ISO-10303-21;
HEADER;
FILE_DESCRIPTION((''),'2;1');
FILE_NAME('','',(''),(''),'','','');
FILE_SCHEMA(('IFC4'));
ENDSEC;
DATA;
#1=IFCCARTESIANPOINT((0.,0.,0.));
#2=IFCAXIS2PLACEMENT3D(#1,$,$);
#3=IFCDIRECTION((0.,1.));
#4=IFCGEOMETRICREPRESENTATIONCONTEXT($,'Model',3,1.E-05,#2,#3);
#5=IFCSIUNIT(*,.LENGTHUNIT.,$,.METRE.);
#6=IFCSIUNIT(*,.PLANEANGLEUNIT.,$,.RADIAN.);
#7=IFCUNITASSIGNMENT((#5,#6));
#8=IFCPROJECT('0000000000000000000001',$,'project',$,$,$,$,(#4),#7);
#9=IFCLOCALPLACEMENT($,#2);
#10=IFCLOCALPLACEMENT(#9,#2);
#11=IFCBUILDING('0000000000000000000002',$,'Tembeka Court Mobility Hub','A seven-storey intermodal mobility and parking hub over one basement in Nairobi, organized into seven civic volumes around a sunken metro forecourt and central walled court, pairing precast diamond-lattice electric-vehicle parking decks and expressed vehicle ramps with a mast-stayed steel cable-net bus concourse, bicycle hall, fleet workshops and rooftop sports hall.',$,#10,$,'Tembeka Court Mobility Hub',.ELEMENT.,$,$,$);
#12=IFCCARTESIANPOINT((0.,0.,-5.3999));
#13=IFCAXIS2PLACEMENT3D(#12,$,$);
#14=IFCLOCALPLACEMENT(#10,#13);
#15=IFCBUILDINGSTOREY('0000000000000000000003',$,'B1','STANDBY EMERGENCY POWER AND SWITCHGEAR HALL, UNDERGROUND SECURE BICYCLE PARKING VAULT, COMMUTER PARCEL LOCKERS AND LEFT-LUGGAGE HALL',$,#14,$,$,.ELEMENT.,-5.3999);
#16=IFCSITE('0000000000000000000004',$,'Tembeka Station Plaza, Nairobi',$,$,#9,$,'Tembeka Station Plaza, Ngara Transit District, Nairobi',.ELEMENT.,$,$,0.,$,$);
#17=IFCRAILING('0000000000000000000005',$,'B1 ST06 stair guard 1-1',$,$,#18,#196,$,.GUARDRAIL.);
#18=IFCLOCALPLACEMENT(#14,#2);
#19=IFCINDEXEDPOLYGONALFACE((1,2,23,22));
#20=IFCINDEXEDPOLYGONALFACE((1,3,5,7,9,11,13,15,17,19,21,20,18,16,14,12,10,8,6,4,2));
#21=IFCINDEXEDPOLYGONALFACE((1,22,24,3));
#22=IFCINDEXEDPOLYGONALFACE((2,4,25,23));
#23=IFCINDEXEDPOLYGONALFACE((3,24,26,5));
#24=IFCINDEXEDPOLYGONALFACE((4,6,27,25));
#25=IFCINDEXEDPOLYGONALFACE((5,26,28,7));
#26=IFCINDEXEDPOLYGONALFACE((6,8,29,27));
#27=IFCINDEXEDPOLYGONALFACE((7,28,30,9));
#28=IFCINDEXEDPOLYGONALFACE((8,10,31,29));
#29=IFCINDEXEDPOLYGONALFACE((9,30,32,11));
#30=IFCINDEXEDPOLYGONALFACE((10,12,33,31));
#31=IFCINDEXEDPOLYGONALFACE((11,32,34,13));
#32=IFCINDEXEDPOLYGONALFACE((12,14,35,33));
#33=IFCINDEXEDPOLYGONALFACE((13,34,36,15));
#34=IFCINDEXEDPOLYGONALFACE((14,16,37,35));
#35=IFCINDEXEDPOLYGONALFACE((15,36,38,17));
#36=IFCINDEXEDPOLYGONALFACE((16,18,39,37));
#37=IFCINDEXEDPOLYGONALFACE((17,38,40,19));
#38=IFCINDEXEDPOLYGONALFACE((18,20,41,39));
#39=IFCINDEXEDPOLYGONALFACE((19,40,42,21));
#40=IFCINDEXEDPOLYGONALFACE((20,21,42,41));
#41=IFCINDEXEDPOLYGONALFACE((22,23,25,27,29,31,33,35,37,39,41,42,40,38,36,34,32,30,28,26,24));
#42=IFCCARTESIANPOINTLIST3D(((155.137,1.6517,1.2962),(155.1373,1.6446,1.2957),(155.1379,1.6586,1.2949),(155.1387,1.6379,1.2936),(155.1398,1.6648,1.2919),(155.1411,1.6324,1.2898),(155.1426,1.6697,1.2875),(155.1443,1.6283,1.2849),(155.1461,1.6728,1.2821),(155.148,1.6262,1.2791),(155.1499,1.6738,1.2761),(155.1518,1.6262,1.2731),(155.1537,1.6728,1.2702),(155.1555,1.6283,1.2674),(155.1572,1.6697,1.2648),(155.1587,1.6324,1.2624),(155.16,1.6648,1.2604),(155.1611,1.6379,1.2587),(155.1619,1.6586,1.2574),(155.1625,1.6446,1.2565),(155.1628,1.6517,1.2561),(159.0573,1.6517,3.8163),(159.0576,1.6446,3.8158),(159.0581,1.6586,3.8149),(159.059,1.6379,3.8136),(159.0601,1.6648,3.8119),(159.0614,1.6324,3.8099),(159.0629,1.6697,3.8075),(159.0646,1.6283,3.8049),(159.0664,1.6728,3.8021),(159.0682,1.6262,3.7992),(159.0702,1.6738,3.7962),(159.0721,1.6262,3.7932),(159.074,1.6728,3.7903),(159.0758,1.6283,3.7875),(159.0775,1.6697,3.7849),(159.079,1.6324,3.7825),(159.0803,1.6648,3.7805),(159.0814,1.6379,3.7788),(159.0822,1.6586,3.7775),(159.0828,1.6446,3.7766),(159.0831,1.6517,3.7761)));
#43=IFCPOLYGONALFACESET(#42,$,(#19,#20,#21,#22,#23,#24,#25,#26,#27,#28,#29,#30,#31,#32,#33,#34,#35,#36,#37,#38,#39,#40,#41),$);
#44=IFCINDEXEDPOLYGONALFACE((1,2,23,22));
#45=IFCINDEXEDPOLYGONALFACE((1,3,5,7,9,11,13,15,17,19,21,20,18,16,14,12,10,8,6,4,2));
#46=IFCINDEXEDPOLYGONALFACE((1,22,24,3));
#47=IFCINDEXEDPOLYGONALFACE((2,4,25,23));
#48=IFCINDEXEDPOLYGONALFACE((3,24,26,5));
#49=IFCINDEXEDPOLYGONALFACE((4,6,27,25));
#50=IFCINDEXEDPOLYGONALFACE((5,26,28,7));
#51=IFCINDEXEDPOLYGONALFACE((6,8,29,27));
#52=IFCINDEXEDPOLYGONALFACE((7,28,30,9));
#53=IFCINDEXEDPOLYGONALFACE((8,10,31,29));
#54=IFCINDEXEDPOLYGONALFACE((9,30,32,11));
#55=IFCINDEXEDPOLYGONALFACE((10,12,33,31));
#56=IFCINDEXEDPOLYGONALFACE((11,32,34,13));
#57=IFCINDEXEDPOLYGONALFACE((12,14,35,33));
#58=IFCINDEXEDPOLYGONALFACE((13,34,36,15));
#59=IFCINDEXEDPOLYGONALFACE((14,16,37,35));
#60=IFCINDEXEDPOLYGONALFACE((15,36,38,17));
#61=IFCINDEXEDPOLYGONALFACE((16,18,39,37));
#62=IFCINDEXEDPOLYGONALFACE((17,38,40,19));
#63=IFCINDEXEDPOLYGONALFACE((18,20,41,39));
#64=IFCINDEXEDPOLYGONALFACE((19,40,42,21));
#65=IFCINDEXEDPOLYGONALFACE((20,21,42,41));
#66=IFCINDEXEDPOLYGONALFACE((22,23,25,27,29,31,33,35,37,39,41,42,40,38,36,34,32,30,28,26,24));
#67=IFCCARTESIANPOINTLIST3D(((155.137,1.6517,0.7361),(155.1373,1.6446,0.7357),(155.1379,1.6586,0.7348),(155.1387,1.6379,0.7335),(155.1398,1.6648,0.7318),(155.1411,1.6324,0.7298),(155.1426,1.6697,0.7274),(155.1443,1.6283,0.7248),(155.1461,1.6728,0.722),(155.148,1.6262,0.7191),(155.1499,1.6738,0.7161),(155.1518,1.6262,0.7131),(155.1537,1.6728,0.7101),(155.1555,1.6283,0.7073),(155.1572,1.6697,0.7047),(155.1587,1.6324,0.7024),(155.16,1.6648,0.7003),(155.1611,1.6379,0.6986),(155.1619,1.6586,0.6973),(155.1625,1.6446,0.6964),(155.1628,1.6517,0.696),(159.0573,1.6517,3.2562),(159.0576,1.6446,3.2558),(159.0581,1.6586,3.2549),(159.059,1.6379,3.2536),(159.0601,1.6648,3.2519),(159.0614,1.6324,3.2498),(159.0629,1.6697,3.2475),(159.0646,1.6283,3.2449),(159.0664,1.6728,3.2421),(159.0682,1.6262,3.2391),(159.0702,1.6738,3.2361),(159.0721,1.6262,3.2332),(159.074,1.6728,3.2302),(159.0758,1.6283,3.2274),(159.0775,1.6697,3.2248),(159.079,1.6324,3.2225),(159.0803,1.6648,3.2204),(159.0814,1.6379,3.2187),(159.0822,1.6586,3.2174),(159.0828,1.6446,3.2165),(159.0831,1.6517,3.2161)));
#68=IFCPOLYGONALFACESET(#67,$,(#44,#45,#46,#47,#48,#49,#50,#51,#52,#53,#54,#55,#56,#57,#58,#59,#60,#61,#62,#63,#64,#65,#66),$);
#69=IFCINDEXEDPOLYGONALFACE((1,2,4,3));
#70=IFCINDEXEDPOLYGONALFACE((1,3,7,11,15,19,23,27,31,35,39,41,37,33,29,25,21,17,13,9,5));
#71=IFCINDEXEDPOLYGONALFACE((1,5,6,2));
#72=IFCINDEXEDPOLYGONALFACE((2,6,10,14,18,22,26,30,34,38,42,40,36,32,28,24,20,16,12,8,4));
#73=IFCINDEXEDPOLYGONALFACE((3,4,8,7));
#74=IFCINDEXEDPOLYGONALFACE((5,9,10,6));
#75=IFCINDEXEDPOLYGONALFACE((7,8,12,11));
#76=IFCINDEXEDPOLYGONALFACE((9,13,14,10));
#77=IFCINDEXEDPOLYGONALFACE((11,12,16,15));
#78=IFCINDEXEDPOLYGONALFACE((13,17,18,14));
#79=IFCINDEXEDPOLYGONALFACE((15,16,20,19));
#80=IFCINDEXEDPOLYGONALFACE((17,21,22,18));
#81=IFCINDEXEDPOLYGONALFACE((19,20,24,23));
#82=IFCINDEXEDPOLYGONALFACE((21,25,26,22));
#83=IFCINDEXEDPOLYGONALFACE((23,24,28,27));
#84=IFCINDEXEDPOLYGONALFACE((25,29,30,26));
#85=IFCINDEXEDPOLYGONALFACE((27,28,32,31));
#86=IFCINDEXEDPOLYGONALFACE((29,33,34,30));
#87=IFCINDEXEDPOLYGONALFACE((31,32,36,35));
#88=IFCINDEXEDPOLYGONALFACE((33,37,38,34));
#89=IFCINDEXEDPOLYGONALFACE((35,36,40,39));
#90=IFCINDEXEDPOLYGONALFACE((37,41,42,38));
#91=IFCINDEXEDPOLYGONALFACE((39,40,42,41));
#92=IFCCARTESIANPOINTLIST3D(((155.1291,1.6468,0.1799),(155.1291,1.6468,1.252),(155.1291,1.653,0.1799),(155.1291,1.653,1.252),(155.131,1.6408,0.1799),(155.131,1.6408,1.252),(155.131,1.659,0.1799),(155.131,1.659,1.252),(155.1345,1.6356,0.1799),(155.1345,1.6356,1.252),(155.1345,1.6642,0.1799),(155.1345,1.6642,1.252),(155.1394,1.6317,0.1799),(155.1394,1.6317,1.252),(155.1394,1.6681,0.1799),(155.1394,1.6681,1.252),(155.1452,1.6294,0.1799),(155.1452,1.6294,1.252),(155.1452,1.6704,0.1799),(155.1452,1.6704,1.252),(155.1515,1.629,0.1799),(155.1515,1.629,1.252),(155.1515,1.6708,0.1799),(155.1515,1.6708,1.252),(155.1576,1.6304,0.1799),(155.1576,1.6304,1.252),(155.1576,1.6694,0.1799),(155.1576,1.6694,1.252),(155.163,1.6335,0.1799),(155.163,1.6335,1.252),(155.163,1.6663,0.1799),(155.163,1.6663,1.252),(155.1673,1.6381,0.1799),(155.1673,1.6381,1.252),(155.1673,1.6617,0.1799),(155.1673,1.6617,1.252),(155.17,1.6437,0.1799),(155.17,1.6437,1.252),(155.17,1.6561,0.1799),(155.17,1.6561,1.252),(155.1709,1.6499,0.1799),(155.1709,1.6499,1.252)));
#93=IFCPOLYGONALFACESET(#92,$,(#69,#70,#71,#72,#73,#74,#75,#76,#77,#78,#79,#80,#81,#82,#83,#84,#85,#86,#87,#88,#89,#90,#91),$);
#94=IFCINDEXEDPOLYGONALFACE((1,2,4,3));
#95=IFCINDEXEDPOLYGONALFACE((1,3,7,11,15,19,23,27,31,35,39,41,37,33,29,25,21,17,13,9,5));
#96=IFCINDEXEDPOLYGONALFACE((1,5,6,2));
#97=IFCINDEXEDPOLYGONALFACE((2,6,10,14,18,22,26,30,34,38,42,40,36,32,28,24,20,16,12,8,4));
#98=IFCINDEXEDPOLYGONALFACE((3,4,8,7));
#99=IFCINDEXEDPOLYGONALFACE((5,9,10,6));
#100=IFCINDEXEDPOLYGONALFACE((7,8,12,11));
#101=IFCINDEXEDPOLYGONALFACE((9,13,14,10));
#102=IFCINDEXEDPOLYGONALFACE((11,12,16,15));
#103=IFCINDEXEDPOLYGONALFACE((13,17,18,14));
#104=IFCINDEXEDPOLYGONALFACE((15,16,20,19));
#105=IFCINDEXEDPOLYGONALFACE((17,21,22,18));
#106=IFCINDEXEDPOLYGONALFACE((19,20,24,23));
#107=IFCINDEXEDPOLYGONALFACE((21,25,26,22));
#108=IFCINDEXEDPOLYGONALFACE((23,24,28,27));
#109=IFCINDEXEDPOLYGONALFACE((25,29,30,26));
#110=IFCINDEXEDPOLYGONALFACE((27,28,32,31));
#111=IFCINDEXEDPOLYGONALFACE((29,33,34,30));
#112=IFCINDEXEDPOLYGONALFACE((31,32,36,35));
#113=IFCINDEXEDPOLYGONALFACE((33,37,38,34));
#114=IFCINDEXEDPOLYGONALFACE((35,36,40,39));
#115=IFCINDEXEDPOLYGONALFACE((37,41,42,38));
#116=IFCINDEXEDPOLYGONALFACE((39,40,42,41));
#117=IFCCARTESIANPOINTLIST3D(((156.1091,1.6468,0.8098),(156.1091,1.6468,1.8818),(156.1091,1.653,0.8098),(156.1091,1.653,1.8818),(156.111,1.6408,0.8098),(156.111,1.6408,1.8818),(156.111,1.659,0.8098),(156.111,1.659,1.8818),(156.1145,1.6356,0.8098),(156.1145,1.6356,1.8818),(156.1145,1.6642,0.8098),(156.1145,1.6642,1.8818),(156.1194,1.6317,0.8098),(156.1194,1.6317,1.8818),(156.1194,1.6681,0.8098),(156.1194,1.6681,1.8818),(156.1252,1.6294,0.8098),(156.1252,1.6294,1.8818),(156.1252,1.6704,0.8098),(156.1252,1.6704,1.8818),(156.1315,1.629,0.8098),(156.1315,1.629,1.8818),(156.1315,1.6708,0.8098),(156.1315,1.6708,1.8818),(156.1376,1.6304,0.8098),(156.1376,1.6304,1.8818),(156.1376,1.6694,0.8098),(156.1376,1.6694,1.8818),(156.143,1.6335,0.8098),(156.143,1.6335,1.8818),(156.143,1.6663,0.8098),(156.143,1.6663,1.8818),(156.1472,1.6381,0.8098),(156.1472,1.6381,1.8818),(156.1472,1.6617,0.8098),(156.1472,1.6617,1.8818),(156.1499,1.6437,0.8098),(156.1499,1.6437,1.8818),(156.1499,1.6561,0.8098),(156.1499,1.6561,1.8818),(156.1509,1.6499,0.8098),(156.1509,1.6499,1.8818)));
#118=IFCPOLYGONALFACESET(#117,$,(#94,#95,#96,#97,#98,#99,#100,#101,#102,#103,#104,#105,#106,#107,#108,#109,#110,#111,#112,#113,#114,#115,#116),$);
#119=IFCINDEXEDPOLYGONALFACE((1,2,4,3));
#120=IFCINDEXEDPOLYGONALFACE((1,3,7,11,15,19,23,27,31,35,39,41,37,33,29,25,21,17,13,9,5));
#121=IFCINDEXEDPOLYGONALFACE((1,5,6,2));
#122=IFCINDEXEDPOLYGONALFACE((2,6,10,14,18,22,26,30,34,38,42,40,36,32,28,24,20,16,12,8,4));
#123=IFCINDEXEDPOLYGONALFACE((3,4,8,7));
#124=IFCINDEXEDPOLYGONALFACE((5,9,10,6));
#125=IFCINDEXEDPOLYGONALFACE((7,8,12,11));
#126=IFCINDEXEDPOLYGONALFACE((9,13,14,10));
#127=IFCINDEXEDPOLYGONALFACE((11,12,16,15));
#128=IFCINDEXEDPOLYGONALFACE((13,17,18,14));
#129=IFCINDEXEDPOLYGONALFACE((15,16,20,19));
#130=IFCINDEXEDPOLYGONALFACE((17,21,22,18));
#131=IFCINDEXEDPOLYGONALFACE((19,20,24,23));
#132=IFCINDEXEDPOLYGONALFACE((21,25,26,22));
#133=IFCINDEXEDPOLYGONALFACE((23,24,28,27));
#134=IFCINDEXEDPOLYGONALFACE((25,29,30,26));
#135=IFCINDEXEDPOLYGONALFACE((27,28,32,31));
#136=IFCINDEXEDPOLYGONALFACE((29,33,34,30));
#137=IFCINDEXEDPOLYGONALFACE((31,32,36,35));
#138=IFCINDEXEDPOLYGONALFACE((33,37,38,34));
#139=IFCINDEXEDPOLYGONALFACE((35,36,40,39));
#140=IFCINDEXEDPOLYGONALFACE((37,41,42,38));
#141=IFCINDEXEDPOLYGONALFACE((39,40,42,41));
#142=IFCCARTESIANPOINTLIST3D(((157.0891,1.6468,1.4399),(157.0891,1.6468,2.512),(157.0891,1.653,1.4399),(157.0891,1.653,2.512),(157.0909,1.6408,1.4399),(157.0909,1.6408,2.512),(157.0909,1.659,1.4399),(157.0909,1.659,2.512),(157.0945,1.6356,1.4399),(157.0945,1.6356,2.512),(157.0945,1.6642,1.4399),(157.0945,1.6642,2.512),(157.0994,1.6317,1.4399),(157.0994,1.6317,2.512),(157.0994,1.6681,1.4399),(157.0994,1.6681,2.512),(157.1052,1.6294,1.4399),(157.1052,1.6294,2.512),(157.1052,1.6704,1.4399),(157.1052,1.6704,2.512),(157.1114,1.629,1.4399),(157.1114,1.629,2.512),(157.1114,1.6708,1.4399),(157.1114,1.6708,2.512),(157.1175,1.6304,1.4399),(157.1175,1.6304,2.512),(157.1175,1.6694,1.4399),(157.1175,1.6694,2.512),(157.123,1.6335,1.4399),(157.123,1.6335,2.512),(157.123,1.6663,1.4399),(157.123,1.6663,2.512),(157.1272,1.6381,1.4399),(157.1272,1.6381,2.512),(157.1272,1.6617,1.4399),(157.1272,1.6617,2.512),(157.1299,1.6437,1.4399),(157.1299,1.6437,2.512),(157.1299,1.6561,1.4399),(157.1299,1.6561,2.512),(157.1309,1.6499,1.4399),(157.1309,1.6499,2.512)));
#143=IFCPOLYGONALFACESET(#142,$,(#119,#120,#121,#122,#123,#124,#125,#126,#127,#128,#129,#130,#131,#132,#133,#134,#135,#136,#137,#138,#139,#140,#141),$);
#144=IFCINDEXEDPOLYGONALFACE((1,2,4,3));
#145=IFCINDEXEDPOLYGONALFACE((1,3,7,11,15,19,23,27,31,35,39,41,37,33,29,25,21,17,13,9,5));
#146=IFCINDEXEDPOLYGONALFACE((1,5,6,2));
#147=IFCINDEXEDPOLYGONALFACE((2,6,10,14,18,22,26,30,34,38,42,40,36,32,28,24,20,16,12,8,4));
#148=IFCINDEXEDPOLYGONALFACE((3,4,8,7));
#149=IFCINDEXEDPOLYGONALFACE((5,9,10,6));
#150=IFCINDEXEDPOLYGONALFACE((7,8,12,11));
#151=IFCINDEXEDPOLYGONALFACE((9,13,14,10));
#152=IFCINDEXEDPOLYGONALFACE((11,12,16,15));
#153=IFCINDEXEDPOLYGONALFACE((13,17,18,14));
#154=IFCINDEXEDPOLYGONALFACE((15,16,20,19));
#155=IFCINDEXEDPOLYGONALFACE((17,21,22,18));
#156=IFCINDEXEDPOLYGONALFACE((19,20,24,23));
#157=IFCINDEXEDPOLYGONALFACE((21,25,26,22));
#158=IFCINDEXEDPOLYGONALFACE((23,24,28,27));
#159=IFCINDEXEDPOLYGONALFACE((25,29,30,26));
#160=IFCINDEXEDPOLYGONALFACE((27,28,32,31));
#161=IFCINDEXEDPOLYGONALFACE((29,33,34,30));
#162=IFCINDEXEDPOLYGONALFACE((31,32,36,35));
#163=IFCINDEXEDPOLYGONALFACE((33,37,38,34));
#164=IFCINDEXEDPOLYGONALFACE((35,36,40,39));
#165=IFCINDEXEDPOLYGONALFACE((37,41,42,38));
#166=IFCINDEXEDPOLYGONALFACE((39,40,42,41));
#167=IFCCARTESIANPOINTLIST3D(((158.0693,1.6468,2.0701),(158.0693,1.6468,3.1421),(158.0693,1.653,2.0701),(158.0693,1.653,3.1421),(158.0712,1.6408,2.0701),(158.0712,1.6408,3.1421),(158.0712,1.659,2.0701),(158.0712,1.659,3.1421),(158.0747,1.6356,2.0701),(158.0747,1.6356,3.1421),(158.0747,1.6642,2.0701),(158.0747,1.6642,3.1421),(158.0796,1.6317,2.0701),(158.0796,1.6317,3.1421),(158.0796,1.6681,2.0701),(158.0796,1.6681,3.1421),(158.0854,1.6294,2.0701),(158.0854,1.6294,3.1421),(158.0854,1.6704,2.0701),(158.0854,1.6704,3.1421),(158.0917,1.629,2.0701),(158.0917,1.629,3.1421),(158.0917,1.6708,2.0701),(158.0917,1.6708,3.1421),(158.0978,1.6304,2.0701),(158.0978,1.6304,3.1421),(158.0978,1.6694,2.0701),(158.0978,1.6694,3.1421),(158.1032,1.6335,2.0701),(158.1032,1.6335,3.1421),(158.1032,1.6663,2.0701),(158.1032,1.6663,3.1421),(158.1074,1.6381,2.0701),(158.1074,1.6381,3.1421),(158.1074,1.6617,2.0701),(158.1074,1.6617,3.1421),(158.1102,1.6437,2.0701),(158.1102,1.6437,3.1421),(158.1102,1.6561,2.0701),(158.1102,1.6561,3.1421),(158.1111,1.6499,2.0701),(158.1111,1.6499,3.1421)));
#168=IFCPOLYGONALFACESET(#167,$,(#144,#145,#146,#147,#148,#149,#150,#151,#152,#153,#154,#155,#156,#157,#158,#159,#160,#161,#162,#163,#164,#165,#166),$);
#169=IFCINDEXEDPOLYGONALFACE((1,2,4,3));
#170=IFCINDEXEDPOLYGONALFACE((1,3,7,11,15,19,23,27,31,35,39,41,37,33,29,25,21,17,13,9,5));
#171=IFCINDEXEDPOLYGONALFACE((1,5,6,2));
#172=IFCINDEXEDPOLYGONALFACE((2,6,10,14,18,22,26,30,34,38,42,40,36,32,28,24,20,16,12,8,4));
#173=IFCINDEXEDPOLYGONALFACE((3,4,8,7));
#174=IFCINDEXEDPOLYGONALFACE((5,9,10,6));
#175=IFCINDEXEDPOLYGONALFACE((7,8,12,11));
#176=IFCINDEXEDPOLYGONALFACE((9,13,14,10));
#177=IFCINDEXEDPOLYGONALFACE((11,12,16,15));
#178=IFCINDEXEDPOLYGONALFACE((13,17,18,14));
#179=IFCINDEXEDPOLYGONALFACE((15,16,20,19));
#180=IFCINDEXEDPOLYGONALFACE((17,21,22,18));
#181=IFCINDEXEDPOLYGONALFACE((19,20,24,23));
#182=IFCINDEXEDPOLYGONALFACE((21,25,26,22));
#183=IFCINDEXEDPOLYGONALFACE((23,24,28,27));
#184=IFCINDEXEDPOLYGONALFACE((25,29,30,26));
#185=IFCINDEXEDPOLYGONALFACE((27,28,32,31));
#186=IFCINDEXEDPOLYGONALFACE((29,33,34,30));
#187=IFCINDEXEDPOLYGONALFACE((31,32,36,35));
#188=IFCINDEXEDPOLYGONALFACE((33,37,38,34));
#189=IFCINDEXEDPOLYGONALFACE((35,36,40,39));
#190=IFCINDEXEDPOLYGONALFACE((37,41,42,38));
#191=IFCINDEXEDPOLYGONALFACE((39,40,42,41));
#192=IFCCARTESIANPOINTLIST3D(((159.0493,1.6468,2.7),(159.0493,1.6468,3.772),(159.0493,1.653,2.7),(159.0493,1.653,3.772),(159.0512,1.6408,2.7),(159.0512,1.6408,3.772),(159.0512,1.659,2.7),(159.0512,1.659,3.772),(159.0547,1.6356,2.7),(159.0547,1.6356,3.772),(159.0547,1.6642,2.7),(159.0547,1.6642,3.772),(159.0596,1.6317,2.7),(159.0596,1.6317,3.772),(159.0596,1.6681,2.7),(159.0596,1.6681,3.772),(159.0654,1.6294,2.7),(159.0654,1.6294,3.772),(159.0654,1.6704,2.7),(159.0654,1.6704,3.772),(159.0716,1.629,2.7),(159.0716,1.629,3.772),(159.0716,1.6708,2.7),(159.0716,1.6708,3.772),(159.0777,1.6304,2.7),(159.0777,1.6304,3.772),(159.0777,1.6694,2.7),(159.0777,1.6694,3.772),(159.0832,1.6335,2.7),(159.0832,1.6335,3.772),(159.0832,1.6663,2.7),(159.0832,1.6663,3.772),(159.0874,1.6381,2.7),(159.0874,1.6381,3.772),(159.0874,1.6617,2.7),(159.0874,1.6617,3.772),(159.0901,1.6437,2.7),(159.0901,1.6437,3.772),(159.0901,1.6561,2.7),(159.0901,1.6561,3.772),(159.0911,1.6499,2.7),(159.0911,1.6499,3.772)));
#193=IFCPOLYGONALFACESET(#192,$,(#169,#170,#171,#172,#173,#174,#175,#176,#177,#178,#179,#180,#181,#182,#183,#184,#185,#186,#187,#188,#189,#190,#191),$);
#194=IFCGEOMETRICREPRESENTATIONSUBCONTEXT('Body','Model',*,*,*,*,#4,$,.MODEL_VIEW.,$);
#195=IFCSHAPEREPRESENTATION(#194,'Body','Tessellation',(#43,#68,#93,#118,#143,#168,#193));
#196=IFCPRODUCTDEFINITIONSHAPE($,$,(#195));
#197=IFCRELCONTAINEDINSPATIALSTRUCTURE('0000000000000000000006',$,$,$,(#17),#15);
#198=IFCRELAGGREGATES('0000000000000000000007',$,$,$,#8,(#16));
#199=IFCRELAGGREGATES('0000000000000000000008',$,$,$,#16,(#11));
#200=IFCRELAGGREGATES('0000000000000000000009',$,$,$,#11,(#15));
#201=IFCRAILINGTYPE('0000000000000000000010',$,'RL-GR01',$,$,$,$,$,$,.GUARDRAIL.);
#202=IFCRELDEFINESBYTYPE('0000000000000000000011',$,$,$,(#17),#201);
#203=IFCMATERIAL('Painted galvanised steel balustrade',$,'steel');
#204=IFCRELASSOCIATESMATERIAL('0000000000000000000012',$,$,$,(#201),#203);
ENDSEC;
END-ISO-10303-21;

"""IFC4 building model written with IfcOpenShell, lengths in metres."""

from ifc_helpers import new_model, si_unit, direction, frame, origin, origin_2d, place, context, subcontext, project, spatial, circle, extrude, material, type_object, element, save


model = new_model("IFC4")

# Units and contexts
model_context = context("Model", 3, precision=1e-05, world=origin(), true_north=direction((0.0, 1.0)))
body_context = subcontext(model_context, "Body", "Model", "MODEL_VIEW")
ifc_project = project(units=[si_unit("LENGTHUNIT", "METRE"), si_unit("PLANEANGLEUNIT", "RADIAN")], contexts=[model_context])

# Site, building, storey
site_placement = place(None, origin())
site = spatial("IfcSite", under=ifc_project, at=site_placement, Name="Tembeka Station Plaza, Nairobi", LongName="Tembeka Station Plaza, Ngara Transit District, Nairobi", CompositionType="ELEMENT", RefElevation=0.0)
building_placement = place(site_placement, origin())
building = spatial("IfcBuilding", under=site, at=building_placement, Name="Tembeka Court Mobility Hub", Description="A seven-storey intermodal mobility and parking hub over one basement in Nairobi, organized into seven civic volumes around a sunken metro forecourt and central walled court, pairing precast diamond-lattice electric-vehicle parking decks and expressed vehicle ramps with a mast-stayed steel cable-net bus concourse, bicycle hall, fleet workshops and rooftop sports hall.", LongName="Tembeka Court Mobility Hub", CompositionType="ELEMENT")
storey_placement = place(building_placement, frame((0.0, 0.0, -5.3999)))
storey = spatial("IfcBuildingStorey", under=building, at=storey_placement, Name="B1", Description="STANDBY EMERGENCY POWER AND SWITCHGEAR HALL, UNDERGROUND SECURE BICYCLE PARKING VAULT, COMMUTER PARCEL LOCKERS AND LEFT-LUGGAGE HALL", CompositionType="ELEMENT", Elevation=-5.3999)

# Railing
ifc_material_1 = material(Name="Painted galvanised steel balustrade", Category="steel")
railing_type_1 = type_object("IfcRailingType", Name="RL-GR01", PredefinedType="GUARDRAIL", material=ifc_material_1)
railing_1_placement = place(storey_placement, frame((155.1499, 1.6499, 0.1799)))
element("IfcRailing", 1, at=railing_1_placement, inside=storey, type_object=railing_type_1, Name="B1 ST06 stair guard 1-1", PredefinedType="GUARDRAIL", context=body_context, shape_type="SweptSolid", body=[
    extrude(circle(Radius=0.0239, at=origin_2d()), frame((0.0, 0.0, 1.0962), z_axis=(0.841187, 0.0, 0.540744), x_axis=(0.0, 1.0, 0.0)), (0.0, 0.0, 1.0), 4.6604),
    extrude(circle(Radius=0.0239, at=origin_2d()), frame((0.0, 0.0, 0.5361), z_axis=(0.841187, 0.0, 0.540744), x_axis=(0.0, 1.0, 0.0)), (0.0, 0.0, 1.0), 4.6604),
    extrude(circle(Radius=0.021, at=origin_2d()), origin(), (0.0, 0.0, 1.0), 1.072),
    extrude(circle(Radius=0.021, at=origin_2d()), frame((0.98, 0.0, 0.6299)), (0.0, 0.0, 1.0), 1.072),
    extrude(circle(Radius=0.021, at=origin_2d()), frame((1.96, 0.0, 1.26)), (0.0, 0.0, 1.0), 1.072),
    extrude(circle(Radius=0.021, at=origin_2d()), frame((2.9402, 0.0, 1.8901)), (0.0, 0.0, 1.0), 1.072),
    extrude(circle(Radius=0.021, at=origin_2d()), frame((3.9202, 0.0, 2.52)), (0.0, 0.0, 1.0), 1.072),
])

save(model, "model.ifc")
